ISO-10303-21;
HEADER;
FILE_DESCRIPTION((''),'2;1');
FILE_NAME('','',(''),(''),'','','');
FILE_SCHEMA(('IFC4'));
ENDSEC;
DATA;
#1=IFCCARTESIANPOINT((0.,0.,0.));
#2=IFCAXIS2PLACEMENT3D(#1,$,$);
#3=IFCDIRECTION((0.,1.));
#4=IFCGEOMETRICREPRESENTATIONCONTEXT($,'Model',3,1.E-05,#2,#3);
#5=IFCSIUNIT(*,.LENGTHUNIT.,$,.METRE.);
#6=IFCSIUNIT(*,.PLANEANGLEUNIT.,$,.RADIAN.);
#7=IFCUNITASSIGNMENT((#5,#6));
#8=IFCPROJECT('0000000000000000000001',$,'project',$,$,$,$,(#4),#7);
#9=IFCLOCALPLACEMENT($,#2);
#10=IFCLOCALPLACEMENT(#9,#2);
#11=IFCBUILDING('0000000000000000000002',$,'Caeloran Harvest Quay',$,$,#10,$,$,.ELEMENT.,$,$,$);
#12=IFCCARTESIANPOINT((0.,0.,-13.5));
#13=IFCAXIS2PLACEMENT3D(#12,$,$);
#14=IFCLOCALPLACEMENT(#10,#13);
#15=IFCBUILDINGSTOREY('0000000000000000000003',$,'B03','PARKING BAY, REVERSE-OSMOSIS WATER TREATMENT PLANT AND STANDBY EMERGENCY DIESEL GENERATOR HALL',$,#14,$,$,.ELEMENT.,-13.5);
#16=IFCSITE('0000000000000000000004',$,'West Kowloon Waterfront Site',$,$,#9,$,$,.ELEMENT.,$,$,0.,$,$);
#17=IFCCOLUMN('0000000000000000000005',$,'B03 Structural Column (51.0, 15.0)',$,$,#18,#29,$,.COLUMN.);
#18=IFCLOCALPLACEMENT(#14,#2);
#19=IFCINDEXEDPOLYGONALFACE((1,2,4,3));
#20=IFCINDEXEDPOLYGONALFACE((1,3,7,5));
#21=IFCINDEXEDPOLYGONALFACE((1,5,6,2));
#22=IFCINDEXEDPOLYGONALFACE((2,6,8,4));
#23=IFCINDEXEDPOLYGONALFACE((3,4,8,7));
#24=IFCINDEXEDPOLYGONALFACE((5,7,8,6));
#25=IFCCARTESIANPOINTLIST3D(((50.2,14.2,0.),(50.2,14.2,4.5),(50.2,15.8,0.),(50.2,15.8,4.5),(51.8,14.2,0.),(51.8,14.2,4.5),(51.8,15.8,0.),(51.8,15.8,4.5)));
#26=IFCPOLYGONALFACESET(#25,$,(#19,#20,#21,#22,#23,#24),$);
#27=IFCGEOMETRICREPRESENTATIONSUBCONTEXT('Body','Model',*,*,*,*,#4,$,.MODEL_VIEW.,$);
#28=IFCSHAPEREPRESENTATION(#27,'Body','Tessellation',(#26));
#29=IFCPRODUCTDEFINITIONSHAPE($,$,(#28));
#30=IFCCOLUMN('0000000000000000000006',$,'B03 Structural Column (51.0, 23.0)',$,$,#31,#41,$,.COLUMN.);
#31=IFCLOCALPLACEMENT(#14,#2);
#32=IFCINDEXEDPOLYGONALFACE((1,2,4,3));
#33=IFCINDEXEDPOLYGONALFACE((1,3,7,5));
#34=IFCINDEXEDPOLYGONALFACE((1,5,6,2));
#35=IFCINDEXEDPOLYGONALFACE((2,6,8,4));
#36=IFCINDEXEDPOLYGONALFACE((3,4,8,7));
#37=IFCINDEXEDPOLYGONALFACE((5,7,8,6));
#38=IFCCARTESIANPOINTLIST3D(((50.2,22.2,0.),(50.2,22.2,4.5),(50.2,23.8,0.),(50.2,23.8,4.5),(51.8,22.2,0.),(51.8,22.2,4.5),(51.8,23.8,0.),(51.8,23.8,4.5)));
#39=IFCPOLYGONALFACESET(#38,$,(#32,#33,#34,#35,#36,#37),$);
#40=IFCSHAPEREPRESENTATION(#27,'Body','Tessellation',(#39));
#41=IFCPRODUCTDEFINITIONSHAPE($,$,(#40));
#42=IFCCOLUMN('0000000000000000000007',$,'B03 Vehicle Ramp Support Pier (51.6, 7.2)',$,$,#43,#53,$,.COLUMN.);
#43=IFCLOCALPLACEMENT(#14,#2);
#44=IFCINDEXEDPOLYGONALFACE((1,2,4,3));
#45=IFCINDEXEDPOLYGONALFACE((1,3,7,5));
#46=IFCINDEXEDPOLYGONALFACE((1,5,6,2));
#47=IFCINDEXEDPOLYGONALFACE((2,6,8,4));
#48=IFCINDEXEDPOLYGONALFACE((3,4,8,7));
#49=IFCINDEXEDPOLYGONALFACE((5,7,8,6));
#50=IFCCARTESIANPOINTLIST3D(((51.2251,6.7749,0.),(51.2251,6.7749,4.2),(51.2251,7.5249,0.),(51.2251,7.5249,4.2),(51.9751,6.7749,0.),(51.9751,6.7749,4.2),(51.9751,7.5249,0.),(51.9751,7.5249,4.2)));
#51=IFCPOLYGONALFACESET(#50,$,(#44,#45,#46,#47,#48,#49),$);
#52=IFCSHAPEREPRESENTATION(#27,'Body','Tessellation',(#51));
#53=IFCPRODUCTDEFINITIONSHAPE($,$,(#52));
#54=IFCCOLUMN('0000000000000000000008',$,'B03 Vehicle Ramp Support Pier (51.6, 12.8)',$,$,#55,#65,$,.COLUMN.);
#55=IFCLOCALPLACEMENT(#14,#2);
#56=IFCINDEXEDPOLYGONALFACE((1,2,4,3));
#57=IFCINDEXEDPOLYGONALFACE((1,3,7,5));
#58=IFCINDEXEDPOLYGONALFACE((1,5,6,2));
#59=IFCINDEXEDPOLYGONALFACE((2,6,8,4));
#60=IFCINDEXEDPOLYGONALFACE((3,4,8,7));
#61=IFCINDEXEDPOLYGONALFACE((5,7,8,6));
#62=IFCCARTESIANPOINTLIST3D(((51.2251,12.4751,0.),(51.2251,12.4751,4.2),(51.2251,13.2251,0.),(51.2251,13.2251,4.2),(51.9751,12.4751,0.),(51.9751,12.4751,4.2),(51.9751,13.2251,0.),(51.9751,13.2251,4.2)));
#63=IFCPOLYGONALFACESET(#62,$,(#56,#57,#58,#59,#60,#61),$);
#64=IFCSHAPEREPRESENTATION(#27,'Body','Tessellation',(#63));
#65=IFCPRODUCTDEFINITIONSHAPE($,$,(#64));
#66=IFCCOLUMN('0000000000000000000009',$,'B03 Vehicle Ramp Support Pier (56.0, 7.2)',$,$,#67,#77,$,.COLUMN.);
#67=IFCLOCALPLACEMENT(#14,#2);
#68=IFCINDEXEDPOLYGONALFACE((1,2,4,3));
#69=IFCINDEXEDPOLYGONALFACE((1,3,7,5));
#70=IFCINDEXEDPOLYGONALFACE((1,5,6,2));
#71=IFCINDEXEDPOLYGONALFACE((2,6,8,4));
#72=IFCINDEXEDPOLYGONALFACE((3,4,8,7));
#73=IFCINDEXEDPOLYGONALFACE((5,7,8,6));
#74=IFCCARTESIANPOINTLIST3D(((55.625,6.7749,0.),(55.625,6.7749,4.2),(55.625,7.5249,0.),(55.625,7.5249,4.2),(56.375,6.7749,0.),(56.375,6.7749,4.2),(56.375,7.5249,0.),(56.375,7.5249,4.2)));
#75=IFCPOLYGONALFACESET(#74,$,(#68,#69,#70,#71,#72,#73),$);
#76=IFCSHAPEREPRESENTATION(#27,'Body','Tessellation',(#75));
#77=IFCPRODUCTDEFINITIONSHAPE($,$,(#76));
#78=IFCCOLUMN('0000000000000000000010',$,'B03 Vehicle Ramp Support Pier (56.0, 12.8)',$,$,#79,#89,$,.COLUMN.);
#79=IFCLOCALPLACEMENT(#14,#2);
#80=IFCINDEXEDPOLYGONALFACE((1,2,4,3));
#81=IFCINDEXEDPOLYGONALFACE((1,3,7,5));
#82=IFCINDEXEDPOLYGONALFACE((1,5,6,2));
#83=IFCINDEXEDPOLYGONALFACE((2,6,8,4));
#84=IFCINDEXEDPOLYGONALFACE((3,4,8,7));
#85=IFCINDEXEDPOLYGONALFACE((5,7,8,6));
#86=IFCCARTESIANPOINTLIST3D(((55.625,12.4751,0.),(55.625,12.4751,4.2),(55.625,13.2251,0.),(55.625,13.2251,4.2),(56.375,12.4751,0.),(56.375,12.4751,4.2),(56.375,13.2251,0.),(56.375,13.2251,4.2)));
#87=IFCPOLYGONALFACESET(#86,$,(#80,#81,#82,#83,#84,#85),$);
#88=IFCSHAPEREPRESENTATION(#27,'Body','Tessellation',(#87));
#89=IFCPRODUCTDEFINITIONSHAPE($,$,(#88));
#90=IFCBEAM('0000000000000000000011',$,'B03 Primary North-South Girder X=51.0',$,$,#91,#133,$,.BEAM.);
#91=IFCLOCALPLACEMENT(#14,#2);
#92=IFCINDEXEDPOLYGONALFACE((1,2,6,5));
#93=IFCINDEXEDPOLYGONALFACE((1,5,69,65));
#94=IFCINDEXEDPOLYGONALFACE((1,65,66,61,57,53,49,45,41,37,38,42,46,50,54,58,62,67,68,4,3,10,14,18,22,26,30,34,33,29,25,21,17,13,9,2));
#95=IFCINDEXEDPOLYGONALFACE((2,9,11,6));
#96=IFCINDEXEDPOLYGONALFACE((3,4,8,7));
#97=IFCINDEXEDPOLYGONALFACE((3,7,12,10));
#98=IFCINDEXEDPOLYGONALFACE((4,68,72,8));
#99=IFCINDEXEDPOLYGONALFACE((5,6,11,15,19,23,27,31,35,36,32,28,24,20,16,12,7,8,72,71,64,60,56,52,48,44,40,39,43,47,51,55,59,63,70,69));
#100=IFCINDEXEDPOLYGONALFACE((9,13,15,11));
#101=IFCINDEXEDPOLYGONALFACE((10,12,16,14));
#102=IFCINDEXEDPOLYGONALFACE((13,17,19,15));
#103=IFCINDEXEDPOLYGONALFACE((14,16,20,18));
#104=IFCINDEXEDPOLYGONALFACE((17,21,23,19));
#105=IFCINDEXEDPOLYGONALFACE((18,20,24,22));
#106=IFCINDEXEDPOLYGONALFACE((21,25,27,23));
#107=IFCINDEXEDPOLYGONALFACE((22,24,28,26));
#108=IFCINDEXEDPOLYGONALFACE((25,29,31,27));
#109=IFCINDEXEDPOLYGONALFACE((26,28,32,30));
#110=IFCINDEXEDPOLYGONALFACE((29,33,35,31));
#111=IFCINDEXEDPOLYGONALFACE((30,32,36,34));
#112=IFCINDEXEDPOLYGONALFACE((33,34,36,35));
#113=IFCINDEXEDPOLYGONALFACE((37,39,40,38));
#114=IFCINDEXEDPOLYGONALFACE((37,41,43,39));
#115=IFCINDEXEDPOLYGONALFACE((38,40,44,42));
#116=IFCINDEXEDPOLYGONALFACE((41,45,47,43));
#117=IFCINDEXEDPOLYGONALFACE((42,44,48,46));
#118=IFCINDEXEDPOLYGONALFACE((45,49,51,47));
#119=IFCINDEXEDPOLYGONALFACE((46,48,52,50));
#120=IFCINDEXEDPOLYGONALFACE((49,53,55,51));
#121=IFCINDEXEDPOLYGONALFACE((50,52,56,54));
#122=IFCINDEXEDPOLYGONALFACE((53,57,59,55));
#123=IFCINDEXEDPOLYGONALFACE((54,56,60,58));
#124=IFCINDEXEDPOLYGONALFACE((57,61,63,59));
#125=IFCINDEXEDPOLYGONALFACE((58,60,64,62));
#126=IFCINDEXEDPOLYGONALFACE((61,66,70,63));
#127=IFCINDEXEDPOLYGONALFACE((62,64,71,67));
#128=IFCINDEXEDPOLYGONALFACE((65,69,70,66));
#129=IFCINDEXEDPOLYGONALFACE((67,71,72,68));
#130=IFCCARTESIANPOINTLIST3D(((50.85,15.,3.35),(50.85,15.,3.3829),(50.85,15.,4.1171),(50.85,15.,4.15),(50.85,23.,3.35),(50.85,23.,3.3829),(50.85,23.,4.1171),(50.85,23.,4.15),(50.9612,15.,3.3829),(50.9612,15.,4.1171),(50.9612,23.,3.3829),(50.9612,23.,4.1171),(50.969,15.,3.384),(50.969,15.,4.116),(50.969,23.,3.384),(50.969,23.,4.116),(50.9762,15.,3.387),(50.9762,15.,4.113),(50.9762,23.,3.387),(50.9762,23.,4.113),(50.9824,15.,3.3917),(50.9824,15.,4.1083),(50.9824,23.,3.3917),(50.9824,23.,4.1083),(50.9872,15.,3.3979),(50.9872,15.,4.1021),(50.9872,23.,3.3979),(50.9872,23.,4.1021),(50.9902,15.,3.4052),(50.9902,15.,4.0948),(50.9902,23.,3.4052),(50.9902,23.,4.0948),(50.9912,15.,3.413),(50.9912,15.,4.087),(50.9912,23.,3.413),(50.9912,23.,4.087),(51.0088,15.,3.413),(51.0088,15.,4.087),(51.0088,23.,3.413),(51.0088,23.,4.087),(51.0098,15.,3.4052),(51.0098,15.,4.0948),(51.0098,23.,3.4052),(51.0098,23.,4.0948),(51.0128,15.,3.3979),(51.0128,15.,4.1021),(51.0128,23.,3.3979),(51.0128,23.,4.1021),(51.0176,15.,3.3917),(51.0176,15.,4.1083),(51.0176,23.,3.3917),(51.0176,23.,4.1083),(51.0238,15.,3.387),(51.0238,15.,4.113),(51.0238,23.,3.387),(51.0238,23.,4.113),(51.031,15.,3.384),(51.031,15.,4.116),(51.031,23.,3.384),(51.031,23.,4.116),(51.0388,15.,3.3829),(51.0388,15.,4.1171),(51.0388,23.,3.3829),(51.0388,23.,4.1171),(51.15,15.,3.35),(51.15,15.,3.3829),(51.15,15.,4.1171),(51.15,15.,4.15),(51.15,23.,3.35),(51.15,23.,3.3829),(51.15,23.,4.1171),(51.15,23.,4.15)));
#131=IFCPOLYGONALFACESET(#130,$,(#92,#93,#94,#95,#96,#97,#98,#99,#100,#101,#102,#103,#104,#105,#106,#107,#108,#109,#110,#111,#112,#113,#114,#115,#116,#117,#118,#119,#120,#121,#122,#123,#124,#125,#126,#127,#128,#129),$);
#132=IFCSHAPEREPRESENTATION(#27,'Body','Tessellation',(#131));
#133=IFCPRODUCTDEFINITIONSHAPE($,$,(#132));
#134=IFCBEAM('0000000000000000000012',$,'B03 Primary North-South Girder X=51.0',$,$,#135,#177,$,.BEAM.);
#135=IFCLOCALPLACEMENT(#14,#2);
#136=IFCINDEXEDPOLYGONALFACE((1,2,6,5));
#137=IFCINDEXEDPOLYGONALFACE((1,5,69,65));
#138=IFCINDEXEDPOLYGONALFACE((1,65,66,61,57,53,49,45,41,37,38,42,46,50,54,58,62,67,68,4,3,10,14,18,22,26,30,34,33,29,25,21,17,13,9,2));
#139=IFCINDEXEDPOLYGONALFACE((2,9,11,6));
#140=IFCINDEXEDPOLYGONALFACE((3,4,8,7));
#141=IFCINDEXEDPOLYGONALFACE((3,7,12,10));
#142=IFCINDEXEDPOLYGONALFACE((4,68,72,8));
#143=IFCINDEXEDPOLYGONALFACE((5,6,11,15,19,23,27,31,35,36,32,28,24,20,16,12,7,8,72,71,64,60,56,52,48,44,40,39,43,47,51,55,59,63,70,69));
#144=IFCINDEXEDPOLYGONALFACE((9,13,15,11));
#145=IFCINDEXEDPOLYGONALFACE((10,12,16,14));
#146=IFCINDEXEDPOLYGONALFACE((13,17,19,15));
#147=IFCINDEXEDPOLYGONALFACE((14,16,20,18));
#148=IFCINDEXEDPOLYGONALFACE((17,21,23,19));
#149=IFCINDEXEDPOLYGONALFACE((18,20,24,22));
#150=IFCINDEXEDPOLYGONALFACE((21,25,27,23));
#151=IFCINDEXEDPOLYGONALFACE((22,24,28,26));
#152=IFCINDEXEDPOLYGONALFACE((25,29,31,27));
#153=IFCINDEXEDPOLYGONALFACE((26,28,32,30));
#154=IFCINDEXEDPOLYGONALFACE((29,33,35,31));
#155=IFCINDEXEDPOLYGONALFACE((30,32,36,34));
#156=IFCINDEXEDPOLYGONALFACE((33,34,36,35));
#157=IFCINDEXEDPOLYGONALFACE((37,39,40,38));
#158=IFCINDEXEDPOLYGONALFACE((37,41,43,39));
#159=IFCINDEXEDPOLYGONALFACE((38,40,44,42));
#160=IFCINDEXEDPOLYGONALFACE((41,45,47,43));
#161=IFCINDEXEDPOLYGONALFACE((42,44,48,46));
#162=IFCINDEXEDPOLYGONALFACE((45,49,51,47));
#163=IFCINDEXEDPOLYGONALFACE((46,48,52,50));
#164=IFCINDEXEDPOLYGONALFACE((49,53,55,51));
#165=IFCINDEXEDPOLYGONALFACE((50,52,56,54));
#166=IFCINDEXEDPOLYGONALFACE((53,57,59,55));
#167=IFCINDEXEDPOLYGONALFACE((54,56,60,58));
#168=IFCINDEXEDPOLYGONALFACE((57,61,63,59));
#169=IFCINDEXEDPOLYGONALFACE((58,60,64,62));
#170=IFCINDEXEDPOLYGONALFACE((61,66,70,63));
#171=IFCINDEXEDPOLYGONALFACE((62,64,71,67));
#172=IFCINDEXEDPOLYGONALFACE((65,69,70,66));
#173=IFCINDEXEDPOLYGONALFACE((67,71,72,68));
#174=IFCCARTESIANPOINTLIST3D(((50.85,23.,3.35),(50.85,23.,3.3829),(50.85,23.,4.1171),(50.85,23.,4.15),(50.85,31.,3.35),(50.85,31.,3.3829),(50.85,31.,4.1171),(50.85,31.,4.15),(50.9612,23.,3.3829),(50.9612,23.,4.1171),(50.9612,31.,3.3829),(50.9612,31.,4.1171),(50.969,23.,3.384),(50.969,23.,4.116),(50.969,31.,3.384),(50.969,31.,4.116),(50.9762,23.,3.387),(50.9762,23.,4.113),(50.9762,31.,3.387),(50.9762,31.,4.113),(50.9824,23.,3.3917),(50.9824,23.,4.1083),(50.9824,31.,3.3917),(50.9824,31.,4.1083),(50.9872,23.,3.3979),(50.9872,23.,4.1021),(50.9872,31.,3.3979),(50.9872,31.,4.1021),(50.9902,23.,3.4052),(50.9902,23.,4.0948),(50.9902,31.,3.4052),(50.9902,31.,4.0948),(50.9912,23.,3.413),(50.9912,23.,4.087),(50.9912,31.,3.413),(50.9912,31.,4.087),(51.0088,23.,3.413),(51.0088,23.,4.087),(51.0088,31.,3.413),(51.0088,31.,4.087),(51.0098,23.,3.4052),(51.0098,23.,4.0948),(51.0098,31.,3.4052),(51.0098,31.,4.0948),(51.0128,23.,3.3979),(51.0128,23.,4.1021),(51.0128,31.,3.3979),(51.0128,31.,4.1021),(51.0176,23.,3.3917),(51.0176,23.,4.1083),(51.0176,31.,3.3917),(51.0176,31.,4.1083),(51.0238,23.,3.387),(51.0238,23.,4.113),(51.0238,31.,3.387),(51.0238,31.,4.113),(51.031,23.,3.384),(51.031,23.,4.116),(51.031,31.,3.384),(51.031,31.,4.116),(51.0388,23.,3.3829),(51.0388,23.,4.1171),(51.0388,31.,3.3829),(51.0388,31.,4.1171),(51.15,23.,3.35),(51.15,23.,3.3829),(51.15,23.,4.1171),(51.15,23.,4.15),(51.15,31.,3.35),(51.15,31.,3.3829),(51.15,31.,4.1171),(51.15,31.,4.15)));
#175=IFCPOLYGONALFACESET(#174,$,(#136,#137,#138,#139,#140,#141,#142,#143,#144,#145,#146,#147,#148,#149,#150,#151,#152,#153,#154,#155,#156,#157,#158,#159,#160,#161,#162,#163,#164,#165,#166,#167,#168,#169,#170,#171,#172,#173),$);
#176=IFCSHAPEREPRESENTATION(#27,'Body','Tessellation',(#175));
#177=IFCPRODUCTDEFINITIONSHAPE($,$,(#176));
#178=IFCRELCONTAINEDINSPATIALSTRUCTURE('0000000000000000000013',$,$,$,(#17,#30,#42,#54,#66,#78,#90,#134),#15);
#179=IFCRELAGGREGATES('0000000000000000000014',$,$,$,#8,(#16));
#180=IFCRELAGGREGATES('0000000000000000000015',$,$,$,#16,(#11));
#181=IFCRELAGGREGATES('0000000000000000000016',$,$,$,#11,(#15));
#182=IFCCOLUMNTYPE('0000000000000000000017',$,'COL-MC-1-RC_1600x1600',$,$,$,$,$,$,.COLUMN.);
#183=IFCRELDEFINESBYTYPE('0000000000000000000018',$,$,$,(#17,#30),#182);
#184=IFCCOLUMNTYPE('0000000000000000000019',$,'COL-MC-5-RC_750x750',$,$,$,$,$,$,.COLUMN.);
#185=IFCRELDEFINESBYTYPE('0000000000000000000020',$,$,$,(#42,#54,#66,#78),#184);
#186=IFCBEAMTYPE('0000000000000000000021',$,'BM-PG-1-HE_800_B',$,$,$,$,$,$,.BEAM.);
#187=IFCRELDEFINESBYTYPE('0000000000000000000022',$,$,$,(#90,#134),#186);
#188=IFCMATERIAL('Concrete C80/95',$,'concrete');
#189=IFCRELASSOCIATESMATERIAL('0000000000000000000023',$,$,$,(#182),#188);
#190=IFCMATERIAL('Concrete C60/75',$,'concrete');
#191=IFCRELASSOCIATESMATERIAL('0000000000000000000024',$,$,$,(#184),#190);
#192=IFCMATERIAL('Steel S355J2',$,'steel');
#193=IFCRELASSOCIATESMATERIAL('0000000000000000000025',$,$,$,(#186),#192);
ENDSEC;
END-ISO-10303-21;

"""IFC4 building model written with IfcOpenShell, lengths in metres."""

from ifc_helpers import new_model, si_unit, direction, frame, origin, origin_2d, place, context, subcontext, project, spatial, rectangle, i_section, extrude, material, material_profile, profile_set, type_object, element, save


model = new_model("IFC4")

# Units and contexts
model_context = context("Model", 3, precision=1e-05, world=origin(), true_north=direction((0.0, 1.0)))
body_context = subcontext(model_context, "Body", "Model", "MODEL_VIEW")
ifc_project = project(units=[si_unit("LENGTHUNIT", "METRE"), si_unit("PLANEANGLEUNIT", "RADIAN")], contexts=[model_context])

# Site, building, storey
site_placement = place(None, origin())
site = spatial("IfcSite", under=ifc_project, at=site_placement, Name="West Kowloon Waterfront Site", CompositionType="ELEMENT", RefElevation=0.0)
building_placement = place(site_placement, origin())
building = spatial("IfcBuilding", under=site, at=building_placement, Name="Caeloran Harvest Quay", CompositionType="ELEMENT")
storey_placement = place(building_placement, frame((0.0, 0.0, -13.5)))
storey = spatial("IfcBuildingStorey", under=building, at=storey_placement, Name="B03", Description="PARKING BAY, REVERSE-OSMOSIS WATER TREATMENT PLANT AND STANDBY EMERGENCY DIESEL GENERATOR HALL", CompositionType="ELEMENT", Elevation=-13.5)

# Columns
ifc_material_1 = material(Name="Concrete C80/95", Category="concrete")
ifc_material_profile_1 = material_profile(ifc_material_1, rectangle(XDim=1.6001, YDim=1.6001, at=origin_2d()), Name="RC 1600x1600")
ifc_profile_set_1 = profile_set([ifc_material_profile_1], Name="Concrete C80/95")
column_type_1 = type_object("IfcColumnType", Name="COL-MC-1-RC_1600x1600", PredefinedType="COLUMN", material=ifc_profile_set_1)
for number, where, z_axis, x_axis, name in (
    (1, (51.0, 15.0, 0.0), (0.0, 0.0, 1.0), (1.0, 0.0, 0.0), "B03 Structural Column (51.0, 15.0)"),
    (2, (51.0, 23.0, 0.0), (0.0, 0.0, 1.0), (1.0, 0.0, 0.0), "B03 Structural Column (51.0, 23.0)"),
):
    element("IfcColumn", number, at=place(storey_placement, frame(where, z_axis=z_axis, x_axis=x_axis)), inside=storey, type_object=column_type_1, Name=name, PredefinedType="COLUMN", context=body_context, shape_type="SweptSolid", body=[
        extrude(rectangle(XDim=1.6001, YDim=1.6001, at=origin_2d()), origin(), (0.0, 0.0, 1.0), 4.5),
    ])
ifc_material_2 = material(Name="Concrete C60/75", Category="concrete")
ifc_material_profile_2 = material_profile(ifc_material_2, rectangle(XDim=0.75, YDim=0.75, at=origin_2d()), Name="RC 750x750")
ifc_profile_set_2 = profile_set([ifc_material_profile_2], Name="Concrete C60/75")
column_type_2 = type_object("IfcColumnType", Name="COL-MC-5-RC_750x750", PredefinedType="COLUMN", material=ifc_profile_set_2)
for number, where, z_axis, x_axis, name in (
    (3, (51.6001, 7.1499, 0.0), (0.0, 0.0, 1.0), (1.0, 0.0, 0.0), "B03 Vehicle Ramp Support Pier (51.6, 7.2)"),
    (4, (51.6001, 12.8501, 0.0), (0.0, 0.0, 1.0), (1.0, 0.0, 0.0), "B03 Vehicle Ramp Support Pier (51.6, 12.8)"),
    (5, (56.0, 7.1499, 0.0), (0.0, 0.0, 1.0), (1.0, 0.0, 0.0), "B03 Vehicle Ramp Support Pier (56.0, 7.2)"),
    (6, (56.0, 12.8501, 0.0), (0.0, 0.0, 1.0), (1.0, 0.0, 0.0), "B03 Vehicle Ramp Support Pier (56.0, 12.8)"),
):
    element("IfcColumn", number, at=place(storey_placement, frame(where, z_axis=z_axis, x_axis=x_axis)), inside=storey, type_object=column_type_2, Name=name, PredefinedType="COLUMN", context=body_context, shape_type="SweptSolid", body=[
        extrude(rectangle(XDim=0.75, YDim=0.75, at=origin_2d()), origin(), (0.0, 0.0, 1.0), 4.2),
    ])

# Beams
ifc_material_3 = material(Name="Steel S355J2", Category="steel")
ifc_material_profile_3 = material_profile(ifc_material_3, i_section(OverallWidth=0.3, OverallDepth=0.8, WebThickness=0.0176, FlangeThickness=0.033, FilletRadius=0.03, at=origin_2d()), Name="HE 800 B")
ifc_profile_set_3 = profile_set([ifc_material_profile_3], Name="Steel S355J2")
beam_type_1 = type_object("IfcBeamType", Name="BM-PG-1-HE_800_B", PredefinedType="BEAM", material=ifc_profile_set_3)
for number, where, z_axis, x_axis, name in (
    (7, (51.0, 15.0, 3.75), (0.0, 1.0, 0.0), (-1.0, 0.0, 0.0), "B03 Primary North-South Girder X=51.0"),
    (8, (51.0, 23.0, 3.75), (0.0, 1.0, 0.0), (-1.0, 0.0, 0.0), "B03 Primary North-South Girder X=51.0"),
):
    element("IfcBeam", number, at=place(storey_placement, frame(where, z_axis=z_axis, x_axis=x_axis)), inside=storey, type_object=beam_type_1, Name=name, PredefinedType="BEAM", context=body_context, shape_type="SweptSolid", body=[
        extrude(i_section(OverallWidth=0.3, OverallDepth=0.8, WebThickness=0.0176, FlangeThickness=0.033, FilletRadius=0.03, at=origin_2d()), origin(), (0.0, 0.0, 1.0), 8.0),
    ])

save(model, "model.ifc")
